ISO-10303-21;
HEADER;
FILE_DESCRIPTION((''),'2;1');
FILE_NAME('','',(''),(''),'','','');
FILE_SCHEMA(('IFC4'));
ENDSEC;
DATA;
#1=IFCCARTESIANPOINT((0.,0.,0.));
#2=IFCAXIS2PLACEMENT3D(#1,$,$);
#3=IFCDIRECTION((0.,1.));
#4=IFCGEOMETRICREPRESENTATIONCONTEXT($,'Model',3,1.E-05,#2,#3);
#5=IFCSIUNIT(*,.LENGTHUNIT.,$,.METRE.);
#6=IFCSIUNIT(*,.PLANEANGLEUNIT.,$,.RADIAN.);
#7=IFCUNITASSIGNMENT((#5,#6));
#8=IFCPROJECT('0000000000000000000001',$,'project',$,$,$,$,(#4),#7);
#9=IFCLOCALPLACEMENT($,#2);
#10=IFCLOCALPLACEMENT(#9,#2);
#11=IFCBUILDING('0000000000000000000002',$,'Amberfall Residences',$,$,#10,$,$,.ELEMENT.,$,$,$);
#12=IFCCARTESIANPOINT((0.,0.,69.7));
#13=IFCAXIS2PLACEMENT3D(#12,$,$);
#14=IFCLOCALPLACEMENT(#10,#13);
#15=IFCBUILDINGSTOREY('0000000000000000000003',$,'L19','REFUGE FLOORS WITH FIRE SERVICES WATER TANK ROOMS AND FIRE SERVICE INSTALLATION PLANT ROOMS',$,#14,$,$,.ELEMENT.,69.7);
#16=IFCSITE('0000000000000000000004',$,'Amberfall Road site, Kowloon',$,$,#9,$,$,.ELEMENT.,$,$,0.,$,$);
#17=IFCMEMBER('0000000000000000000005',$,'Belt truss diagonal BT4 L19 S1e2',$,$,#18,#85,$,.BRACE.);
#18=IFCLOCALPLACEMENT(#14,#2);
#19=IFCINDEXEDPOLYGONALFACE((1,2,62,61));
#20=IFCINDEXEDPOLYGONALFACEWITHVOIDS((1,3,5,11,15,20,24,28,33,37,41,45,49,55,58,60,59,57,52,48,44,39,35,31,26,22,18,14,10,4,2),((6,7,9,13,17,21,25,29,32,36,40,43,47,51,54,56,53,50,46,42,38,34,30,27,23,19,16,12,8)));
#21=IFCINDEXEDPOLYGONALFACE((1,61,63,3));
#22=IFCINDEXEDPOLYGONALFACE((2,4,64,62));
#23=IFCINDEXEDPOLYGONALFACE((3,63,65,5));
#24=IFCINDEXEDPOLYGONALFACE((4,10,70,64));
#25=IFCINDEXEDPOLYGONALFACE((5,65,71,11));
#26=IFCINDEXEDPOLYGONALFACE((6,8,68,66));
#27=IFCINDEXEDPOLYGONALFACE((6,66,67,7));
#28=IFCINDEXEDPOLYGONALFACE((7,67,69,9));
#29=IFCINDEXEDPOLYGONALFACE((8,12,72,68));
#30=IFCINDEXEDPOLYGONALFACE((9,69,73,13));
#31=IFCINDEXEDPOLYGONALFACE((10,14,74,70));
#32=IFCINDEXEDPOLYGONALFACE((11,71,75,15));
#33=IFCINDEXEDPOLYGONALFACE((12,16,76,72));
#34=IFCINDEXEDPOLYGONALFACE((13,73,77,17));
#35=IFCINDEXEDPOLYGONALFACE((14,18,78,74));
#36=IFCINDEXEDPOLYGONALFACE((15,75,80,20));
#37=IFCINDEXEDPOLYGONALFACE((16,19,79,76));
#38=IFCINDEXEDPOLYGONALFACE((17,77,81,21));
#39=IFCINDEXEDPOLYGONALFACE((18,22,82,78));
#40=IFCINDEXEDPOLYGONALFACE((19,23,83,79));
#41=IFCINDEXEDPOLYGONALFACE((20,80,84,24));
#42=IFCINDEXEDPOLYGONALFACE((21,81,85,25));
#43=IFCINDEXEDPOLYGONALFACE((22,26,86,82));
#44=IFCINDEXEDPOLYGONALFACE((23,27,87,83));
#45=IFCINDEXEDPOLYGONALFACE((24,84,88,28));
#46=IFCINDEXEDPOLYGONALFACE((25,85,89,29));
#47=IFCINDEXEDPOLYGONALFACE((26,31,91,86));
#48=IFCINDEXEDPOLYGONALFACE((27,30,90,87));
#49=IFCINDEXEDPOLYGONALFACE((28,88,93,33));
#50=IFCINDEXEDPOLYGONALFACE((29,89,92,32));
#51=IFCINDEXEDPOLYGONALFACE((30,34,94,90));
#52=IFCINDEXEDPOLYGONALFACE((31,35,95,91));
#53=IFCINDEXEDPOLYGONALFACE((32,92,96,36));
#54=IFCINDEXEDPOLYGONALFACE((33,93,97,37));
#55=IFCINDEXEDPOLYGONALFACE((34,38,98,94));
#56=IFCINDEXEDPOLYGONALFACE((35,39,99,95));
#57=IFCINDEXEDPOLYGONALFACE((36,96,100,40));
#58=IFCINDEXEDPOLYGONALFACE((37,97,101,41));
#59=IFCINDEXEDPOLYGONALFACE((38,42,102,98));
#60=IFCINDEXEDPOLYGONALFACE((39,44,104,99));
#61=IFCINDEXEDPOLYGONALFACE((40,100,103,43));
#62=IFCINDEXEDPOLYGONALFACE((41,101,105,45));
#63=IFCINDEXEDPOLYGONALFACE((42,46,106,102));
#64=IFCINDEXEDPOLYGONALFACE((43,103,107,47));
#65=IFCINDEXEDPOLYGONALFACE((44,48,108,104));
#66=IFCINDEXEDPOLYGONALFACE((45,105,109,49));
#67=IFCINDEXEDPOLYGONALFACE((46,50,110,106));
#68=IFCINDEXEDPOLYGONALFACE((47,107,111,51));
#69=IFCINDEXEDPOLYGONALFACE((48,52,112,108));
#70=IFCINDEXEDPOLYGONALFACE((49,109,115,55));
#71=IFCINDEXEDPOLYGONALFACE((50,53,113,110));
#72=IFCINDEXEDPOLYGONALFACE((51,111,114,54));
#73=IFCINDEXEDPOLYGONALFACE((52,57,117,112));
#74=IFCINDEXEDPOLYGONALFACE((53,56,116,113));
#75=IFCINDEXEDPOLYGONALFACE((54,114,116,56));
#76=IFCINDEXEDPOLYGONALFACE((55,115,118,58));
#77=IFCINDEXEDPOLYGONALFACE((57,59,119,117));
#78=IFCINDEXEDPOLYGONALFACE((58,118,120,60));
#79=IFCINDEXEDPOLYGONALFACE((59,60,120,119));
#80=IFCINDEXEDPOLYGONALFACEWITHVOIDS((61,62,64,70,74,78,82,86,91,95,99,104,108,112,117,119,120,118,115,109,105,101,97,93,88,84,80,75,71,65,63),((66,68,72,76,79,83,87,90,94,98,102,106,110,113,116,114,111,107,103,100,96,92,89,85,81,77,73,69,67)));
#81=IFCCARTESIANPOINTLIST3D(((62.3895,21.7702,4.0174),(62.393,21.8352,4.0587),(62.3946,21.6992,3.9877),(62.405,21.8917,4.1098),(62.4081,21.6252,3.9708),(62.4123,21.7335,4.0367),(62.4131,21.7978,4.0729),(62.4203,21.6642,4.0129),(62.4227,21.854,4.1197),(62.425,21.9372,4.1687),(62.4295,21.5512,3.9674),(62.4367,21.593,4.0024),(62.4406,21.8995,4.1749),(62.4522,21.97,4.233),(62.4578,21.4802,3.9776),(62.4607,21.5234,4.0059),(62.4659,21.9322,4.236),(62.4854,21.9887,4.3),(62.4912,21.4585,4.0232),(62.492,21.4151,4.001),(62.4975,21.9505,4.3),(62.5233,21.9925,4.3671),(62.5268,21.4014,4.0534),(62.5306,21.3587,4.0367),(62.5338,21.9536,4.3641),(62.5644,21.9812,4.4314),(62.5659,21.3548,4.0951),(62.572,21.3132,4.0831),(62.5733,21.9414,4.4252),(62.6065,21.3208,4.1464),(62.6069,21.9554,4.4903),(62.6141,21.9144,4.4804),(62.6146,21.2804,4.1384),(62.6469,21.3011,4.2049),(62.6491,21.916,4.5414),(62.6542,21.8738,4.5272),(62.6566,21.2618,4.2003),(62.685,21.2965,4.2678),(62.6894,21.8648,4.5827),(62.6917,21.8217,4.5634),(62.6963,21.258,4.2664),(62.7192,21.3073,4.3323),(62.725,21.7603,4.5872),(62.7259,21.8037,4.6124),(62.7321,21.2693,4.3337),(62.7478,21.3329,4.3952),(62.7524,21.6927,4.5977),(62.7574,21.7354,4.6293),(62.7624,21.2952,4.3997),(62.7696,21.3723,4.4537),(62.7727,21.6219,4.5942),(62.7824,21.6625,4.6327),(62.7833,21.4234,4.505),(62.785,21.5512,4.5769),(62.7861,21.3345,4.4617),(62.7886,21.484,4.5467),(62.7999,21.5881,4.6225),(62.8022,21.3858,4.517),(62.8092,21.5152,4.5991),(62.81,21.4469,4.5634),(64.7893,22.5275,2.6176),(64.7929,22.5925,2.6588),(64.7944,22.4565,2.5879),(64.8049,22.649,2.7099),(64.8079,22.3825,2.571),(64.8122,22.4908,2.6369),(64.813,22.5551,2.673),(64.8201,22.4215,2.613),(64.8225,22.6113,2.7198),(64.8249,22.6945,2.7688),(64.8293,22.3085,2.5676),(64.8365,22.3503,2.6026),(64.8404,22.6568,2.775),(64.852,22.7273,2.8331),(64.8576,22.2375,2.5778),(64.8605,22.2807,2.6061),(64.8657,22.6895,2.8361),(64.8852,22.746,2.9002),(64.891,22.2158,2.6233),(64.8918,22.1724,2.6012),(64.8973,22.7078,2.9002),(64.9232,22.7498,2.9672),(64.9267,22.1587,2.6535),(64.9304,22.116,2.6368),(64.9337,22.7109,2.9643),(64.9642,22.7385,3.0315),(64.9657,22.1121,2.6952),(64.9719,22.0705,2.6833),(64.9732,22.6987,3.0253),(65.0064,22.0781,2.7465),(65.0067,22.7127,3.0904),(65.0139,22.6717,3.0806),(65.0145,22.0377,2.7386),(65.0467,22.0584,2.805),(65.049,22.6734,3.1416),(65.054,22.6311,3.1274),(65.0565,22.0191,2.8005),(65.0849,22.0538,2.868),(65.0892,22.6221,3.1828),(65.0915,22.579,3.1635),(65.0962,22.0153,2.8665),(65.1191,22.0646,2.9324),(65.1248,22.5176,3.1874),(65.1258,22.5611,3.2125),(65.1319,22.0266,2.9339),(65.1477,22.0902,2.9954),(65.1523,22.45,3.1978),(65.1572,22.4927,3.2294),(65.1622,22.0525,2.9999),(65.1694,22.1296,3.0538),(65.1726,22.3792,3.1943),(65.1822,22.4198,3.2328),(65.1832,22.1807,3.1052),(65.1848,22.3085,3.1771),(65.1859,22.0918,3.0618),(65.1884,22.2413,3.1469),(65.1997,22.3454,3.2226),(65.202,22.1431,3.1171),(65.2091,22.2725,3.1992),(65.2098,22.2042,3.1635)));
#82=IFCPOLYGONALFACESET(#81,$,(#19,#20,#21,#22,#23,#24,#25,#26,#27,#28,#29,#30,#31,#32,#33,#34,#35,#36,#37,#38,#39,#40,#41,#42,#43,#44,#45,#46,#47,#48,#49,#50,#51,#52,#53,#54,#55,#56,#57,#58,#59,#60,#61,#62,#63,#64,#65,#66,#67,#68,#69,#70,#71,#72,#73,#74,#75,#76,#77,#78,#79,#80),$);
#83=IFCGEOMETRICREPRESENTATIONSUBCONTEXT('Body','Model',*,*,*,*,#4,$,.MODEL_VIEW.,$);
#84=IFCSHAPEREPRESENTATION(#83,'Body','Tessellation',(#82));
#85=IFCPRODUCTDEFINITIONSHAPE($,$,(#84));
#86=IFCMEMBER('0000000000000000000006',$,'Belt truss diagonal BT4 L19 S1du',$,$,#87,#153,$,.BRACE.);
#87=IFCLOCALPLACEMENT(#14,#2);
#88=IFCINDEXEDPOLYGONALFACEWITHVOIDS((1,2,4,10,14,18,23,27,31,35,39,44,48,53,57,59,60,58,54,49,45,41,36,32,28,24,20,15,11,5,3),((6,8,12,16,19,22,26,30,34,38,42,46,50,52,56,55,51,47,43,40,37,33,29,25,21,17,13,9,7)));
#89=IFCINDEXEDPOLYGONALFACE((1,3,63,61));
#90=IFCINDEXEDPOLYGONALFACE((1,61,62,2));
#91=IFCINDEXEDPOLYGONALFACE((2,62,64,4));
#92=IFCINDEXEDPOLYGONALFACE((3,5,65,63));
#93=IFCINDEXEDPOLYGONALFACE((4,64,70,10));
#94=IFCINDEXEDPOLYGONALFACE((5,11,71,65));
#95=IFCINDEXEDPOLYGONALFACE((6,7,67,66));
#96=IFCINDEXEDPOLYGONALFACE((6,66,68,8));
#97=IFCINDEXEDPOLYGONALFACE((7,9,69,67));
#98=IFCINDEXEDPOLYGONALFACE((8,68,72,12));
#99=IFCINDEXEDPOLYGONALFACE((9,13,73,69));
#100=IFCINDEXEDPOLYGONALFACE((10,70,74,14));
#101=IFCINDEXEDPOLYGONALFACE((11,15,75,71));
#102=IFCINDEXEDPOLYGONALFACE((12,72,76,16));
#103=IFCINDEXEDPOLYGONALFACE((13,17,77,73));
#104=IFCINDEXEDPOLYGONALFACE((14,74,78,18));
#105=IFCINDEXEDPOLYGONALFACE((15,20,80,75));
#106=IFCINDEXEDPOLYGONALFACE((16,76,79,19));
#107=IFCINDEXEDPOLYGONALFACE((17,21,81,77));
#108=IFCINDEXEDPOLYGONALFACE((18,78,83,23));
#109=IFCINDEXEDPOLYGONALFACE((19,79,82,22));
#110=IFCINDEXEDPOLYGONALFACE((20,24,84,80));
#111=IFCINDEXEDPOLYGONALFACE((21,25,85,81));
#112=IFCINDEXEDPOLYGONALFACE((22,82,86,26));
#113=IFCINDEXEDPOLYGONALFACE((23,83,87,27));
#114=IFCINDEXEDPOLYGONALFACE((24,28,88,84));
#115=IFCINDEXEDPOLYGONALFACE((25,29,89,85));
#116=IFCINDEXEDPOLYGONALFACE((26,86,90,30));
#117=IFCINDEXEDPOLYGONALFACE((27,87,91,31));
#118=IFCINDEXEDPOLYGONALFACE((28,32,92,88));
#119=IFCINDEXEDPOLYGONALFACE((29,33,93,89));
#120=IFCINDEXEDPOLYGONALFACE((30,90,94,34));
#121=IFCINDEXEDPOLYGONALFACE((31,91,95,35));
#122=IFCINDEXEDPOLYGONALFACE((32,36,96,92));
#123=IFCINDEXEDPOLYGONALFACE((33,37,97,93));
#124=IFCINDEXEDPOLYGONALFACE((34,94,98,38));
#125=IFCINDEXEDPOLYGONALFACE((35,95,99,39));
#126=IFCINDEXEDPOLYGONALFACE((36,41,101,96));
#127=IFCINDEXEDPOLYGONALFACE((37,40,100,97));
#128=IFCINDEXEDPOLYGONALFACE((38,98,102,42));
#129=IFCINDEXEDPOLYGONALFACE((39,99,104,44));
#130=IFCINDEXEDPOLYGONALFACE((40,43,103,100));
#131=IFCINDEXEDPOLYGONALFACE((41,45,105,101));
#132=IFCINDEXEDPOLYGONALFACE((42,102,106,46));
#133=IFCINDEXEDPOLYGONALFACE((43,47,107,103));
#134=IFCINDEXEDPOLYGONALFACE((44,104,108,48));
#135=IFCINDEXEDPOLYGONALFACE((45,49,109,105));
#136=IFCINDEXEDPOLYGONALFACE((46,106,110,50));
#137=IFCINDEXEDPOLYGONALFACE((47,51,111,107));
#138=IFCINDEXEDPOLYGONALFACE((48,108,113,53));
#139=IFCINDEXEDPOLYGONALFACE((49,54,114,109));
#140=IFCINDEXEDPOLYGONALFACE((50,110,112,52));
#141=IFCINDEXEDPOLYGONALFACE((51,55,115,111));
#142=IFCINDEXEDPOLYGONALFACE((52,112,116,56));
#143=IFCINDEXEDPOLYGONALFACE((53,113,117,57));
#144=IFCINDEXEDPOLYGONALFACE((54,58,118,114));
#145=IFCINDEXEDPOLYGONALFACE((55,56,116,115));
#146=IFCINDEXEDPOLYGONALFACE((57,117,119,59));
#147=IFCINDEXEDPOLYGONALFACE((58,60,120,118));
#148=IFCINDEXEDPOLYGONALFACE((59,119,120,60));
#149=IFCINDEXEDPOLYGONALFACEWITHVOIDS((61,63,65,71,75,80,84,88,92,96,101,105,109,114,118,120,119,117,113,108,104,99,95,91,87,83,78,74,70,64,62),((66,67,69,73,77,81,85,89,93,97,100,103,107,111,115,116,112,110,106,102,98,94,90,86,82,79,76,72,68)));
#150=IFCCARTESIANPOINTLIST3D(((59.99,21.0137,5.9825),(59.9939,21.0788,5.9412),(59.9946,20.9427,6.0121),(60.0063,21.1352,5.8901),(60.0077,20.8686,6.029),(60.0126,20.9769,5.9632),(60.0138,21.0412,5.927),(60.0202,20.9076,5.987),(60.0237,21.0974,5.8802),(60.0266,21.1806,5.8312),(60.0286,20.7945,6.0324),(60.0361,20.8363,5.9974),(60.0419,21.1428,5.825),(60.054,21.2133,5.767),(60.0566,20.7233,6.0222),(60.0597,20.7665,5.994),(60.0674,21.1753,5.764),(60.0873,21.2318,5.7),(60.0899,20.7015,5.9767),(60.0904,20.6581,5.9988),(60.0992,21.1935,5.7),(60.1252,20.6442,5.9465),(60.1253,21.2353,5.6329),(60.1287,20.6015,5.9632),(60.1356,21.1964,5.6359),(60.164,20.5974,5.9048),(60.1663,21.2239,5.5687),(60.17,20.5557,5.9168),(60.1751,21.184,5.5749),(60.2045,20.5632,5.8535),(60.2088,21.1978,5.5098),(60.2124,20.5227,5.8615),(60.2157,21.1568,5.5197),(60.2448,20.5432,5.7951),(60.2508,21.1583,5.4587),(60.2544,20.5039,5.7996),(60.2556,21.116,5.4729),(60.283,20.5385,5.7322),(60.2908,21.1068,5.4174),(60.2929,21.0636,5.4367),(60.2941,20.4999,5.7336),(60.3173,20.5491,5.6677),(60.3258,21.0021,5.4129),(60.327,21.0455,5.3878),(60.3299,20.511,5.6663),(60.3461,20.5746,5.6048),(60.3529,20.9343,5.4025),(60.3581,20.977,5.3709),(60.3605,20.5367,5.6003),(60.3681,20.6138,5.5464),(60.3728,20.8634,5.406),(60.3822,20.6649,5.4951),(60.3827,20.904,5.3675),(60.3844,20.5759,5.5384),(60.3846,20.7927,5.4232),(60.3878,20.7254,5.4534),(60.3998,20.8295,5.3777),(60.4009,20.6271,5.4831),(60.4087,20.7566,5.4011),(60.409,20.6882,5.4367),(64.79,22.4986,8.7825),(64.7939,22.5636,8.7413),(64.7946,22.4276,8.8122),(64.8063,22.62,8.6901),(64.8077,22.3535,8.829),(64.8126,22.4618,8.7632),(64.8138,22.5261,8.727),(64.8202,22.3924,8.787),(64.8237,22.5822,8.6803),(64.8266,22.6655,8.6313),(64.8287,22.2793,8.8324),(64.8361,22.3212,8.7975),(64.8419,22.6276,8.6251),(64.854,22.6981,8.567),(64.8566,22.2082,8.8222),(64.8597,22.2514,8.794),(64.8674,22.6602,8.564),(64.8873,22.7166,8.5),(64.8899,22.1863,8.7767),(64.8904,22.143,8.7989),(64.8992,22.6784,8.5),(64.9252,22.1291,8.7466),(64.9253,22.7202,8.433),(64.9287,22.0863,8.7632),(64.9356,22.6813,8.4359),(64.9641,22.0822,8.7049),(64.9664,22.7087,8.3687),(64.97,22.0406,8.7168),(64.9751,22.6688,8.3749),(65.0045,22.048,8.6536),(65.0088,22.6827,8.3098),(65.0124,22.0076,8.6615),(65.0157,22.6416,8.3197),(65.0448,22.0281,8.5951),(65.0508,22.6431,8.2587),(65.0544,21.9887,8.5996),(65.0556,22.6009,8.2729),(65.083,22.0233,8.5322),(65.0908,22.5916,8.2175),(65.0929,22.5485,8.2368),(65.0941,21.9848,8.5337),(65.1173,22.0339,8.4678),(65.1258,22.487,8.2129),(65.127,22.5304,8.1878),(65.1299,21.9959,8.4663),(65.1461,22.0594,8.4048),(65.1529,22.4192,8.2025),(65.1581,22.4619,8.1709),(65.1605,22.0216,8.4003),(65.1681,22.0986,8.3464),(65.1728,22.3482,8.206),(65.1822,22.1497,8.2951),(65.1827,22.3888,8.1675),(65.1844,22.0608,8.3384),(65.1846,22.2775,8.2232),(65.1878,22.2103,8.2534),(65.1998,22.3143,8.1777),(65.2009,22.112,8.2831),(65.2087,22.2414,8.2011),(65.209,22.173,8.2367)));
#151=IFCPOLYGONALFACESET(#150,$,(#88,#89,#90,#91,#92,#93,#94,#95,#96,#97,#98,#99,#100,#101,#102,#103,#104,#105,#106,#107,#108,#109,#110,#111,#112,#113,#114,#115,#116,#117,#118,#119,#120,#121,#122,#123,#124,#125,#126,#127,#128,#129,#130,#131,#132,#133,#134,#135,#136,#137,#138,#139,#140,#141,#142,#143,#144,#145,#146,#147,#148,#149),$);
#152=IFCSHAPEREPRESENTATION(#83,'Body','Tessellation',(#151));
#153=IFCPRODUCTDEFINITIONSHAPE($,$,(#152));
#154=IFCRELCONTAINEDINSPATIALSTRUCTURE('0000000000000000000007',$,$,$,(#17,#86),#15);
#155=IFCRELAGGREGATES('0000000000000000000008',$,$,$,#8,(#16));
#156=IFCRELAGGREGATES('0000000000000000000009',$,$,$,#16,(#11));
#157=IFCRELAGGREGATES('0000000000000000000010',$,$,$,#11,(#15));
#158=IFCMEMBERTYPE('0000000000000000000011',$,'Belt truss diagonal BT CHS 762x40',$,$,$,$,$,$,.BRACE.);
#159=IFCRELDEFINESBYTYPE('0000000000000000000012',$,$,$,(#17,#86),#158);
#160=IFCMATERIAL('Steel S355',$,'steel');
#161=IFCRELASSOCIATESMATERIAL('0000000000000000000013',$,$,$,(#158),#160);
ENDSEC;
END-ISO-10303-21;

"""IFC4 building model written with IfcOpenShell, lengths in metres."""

from ifc_helpers import new_model, si_unit, direction, frame, origin, origin_2d, place, context, subcontext, project, spatial, hollow_circle, extrude, material, material_profile, profile_set, type_object, element, save


model = new_model("IFC4")

# Units and contexts
model_context = context("Model", 3, precision=1e-05, world=origin(), true_north=direction((0.0, 1.0)))
body_context = subcontext(model_context, "Body", "Model", "MODEL_VIEW")
ifc_project = project(units=[si_unit("LENGTHUNIT", "METRE"), si_unit("PLANEANGLEUNIT", "RADIAN")], contexts=[model_context])

# Site, building, storey
site_placement = place(None, origin())
site = spatial("IfcSite", under=ifc_project, at=site_placement, Name="Amberfall Road site, Kowloon", CompositionType="ELEMENT", RefElevation=0.0)
building_placement = place(site_placement, origin())
building = spatial("IfcBuilding", under=site, at=building_placement, Name="Amberfall Residences", CompositionType="ELEMENT")
storey_placement = place(building_placement, frame((0.0, 0.0, 69.7)))
storey = spatial("IfcBuildingStorey", under=building, at=storey_placement, Name="L19", Description="REFUGE FLOORS WITH FIRE SERVICES WATER TANK ROOMS AND FIRE SERVICE INSTALLATION PLANT ROOMS", CompositionType="ELEMENT", Elevation=69.7)

# Shared definitions
ifc_material_1 = material(Name="Steel S355", Category="steel")

# Members
ifc_material_profile_1 = material_profile(ifc_material_1, hollow_circle(Radius=0.3811, WallThickness=0.04, at=origin_2d()), Name="CHS 762x40")
ifc_profile_set_1 = profile_set([ifc_material_profile_1], Name="Steel S355")
member_type_1 = type_object("IfcMemberType", Name="Belt truss diagonal BT CHS 762x40", PredefinedType="BRACE", material=ifc_profile_set_1)
member_1_placement = place(storey_placement, frame((62.6001, 21.6252, 4.3), z_axis=(0.83338, 0.262985, -0.486124), x_axis=(-0.300936, 0.953644, 0.0)))
element("IfcMember", 1, at=member_1_placement, inside=storey, type_object=member_type_1, Name="Belt truss diagonal BT4 L19 S1e2", PredefinedType="BRACE", context=body_context, shape_type="SweptSolid", body=[
    extrude(hollow_circle(Radius=0.3811, WallThickness=0.04, at=origin_2d()), origin(), (0.0, 0.0, 1.0), 2.8796),
])
member_2_placement = place(storey_placement, frame((60.2, 20.8677, 5.7), z_axis=(0.8345, 0.258147, 0.486795), x_axis=(-0.295526, 0.955335, 0.0)))
element("IfcMember", 2, at=member_2_placement, inside=storey, type_object=member_type_1, Name="Belt truss diagonal BT4 L19 S1du", PredefinedType="BRACE", context=body_context, shape_type="SweptSolid", body=[
    extrude(hollow_circle(Radius=0.3811, WallThickness=0.04, at=origin_2d()), origin(), (0.0, 0.0, 1.0), 5.752),
])

save(model, "model.ifc")
